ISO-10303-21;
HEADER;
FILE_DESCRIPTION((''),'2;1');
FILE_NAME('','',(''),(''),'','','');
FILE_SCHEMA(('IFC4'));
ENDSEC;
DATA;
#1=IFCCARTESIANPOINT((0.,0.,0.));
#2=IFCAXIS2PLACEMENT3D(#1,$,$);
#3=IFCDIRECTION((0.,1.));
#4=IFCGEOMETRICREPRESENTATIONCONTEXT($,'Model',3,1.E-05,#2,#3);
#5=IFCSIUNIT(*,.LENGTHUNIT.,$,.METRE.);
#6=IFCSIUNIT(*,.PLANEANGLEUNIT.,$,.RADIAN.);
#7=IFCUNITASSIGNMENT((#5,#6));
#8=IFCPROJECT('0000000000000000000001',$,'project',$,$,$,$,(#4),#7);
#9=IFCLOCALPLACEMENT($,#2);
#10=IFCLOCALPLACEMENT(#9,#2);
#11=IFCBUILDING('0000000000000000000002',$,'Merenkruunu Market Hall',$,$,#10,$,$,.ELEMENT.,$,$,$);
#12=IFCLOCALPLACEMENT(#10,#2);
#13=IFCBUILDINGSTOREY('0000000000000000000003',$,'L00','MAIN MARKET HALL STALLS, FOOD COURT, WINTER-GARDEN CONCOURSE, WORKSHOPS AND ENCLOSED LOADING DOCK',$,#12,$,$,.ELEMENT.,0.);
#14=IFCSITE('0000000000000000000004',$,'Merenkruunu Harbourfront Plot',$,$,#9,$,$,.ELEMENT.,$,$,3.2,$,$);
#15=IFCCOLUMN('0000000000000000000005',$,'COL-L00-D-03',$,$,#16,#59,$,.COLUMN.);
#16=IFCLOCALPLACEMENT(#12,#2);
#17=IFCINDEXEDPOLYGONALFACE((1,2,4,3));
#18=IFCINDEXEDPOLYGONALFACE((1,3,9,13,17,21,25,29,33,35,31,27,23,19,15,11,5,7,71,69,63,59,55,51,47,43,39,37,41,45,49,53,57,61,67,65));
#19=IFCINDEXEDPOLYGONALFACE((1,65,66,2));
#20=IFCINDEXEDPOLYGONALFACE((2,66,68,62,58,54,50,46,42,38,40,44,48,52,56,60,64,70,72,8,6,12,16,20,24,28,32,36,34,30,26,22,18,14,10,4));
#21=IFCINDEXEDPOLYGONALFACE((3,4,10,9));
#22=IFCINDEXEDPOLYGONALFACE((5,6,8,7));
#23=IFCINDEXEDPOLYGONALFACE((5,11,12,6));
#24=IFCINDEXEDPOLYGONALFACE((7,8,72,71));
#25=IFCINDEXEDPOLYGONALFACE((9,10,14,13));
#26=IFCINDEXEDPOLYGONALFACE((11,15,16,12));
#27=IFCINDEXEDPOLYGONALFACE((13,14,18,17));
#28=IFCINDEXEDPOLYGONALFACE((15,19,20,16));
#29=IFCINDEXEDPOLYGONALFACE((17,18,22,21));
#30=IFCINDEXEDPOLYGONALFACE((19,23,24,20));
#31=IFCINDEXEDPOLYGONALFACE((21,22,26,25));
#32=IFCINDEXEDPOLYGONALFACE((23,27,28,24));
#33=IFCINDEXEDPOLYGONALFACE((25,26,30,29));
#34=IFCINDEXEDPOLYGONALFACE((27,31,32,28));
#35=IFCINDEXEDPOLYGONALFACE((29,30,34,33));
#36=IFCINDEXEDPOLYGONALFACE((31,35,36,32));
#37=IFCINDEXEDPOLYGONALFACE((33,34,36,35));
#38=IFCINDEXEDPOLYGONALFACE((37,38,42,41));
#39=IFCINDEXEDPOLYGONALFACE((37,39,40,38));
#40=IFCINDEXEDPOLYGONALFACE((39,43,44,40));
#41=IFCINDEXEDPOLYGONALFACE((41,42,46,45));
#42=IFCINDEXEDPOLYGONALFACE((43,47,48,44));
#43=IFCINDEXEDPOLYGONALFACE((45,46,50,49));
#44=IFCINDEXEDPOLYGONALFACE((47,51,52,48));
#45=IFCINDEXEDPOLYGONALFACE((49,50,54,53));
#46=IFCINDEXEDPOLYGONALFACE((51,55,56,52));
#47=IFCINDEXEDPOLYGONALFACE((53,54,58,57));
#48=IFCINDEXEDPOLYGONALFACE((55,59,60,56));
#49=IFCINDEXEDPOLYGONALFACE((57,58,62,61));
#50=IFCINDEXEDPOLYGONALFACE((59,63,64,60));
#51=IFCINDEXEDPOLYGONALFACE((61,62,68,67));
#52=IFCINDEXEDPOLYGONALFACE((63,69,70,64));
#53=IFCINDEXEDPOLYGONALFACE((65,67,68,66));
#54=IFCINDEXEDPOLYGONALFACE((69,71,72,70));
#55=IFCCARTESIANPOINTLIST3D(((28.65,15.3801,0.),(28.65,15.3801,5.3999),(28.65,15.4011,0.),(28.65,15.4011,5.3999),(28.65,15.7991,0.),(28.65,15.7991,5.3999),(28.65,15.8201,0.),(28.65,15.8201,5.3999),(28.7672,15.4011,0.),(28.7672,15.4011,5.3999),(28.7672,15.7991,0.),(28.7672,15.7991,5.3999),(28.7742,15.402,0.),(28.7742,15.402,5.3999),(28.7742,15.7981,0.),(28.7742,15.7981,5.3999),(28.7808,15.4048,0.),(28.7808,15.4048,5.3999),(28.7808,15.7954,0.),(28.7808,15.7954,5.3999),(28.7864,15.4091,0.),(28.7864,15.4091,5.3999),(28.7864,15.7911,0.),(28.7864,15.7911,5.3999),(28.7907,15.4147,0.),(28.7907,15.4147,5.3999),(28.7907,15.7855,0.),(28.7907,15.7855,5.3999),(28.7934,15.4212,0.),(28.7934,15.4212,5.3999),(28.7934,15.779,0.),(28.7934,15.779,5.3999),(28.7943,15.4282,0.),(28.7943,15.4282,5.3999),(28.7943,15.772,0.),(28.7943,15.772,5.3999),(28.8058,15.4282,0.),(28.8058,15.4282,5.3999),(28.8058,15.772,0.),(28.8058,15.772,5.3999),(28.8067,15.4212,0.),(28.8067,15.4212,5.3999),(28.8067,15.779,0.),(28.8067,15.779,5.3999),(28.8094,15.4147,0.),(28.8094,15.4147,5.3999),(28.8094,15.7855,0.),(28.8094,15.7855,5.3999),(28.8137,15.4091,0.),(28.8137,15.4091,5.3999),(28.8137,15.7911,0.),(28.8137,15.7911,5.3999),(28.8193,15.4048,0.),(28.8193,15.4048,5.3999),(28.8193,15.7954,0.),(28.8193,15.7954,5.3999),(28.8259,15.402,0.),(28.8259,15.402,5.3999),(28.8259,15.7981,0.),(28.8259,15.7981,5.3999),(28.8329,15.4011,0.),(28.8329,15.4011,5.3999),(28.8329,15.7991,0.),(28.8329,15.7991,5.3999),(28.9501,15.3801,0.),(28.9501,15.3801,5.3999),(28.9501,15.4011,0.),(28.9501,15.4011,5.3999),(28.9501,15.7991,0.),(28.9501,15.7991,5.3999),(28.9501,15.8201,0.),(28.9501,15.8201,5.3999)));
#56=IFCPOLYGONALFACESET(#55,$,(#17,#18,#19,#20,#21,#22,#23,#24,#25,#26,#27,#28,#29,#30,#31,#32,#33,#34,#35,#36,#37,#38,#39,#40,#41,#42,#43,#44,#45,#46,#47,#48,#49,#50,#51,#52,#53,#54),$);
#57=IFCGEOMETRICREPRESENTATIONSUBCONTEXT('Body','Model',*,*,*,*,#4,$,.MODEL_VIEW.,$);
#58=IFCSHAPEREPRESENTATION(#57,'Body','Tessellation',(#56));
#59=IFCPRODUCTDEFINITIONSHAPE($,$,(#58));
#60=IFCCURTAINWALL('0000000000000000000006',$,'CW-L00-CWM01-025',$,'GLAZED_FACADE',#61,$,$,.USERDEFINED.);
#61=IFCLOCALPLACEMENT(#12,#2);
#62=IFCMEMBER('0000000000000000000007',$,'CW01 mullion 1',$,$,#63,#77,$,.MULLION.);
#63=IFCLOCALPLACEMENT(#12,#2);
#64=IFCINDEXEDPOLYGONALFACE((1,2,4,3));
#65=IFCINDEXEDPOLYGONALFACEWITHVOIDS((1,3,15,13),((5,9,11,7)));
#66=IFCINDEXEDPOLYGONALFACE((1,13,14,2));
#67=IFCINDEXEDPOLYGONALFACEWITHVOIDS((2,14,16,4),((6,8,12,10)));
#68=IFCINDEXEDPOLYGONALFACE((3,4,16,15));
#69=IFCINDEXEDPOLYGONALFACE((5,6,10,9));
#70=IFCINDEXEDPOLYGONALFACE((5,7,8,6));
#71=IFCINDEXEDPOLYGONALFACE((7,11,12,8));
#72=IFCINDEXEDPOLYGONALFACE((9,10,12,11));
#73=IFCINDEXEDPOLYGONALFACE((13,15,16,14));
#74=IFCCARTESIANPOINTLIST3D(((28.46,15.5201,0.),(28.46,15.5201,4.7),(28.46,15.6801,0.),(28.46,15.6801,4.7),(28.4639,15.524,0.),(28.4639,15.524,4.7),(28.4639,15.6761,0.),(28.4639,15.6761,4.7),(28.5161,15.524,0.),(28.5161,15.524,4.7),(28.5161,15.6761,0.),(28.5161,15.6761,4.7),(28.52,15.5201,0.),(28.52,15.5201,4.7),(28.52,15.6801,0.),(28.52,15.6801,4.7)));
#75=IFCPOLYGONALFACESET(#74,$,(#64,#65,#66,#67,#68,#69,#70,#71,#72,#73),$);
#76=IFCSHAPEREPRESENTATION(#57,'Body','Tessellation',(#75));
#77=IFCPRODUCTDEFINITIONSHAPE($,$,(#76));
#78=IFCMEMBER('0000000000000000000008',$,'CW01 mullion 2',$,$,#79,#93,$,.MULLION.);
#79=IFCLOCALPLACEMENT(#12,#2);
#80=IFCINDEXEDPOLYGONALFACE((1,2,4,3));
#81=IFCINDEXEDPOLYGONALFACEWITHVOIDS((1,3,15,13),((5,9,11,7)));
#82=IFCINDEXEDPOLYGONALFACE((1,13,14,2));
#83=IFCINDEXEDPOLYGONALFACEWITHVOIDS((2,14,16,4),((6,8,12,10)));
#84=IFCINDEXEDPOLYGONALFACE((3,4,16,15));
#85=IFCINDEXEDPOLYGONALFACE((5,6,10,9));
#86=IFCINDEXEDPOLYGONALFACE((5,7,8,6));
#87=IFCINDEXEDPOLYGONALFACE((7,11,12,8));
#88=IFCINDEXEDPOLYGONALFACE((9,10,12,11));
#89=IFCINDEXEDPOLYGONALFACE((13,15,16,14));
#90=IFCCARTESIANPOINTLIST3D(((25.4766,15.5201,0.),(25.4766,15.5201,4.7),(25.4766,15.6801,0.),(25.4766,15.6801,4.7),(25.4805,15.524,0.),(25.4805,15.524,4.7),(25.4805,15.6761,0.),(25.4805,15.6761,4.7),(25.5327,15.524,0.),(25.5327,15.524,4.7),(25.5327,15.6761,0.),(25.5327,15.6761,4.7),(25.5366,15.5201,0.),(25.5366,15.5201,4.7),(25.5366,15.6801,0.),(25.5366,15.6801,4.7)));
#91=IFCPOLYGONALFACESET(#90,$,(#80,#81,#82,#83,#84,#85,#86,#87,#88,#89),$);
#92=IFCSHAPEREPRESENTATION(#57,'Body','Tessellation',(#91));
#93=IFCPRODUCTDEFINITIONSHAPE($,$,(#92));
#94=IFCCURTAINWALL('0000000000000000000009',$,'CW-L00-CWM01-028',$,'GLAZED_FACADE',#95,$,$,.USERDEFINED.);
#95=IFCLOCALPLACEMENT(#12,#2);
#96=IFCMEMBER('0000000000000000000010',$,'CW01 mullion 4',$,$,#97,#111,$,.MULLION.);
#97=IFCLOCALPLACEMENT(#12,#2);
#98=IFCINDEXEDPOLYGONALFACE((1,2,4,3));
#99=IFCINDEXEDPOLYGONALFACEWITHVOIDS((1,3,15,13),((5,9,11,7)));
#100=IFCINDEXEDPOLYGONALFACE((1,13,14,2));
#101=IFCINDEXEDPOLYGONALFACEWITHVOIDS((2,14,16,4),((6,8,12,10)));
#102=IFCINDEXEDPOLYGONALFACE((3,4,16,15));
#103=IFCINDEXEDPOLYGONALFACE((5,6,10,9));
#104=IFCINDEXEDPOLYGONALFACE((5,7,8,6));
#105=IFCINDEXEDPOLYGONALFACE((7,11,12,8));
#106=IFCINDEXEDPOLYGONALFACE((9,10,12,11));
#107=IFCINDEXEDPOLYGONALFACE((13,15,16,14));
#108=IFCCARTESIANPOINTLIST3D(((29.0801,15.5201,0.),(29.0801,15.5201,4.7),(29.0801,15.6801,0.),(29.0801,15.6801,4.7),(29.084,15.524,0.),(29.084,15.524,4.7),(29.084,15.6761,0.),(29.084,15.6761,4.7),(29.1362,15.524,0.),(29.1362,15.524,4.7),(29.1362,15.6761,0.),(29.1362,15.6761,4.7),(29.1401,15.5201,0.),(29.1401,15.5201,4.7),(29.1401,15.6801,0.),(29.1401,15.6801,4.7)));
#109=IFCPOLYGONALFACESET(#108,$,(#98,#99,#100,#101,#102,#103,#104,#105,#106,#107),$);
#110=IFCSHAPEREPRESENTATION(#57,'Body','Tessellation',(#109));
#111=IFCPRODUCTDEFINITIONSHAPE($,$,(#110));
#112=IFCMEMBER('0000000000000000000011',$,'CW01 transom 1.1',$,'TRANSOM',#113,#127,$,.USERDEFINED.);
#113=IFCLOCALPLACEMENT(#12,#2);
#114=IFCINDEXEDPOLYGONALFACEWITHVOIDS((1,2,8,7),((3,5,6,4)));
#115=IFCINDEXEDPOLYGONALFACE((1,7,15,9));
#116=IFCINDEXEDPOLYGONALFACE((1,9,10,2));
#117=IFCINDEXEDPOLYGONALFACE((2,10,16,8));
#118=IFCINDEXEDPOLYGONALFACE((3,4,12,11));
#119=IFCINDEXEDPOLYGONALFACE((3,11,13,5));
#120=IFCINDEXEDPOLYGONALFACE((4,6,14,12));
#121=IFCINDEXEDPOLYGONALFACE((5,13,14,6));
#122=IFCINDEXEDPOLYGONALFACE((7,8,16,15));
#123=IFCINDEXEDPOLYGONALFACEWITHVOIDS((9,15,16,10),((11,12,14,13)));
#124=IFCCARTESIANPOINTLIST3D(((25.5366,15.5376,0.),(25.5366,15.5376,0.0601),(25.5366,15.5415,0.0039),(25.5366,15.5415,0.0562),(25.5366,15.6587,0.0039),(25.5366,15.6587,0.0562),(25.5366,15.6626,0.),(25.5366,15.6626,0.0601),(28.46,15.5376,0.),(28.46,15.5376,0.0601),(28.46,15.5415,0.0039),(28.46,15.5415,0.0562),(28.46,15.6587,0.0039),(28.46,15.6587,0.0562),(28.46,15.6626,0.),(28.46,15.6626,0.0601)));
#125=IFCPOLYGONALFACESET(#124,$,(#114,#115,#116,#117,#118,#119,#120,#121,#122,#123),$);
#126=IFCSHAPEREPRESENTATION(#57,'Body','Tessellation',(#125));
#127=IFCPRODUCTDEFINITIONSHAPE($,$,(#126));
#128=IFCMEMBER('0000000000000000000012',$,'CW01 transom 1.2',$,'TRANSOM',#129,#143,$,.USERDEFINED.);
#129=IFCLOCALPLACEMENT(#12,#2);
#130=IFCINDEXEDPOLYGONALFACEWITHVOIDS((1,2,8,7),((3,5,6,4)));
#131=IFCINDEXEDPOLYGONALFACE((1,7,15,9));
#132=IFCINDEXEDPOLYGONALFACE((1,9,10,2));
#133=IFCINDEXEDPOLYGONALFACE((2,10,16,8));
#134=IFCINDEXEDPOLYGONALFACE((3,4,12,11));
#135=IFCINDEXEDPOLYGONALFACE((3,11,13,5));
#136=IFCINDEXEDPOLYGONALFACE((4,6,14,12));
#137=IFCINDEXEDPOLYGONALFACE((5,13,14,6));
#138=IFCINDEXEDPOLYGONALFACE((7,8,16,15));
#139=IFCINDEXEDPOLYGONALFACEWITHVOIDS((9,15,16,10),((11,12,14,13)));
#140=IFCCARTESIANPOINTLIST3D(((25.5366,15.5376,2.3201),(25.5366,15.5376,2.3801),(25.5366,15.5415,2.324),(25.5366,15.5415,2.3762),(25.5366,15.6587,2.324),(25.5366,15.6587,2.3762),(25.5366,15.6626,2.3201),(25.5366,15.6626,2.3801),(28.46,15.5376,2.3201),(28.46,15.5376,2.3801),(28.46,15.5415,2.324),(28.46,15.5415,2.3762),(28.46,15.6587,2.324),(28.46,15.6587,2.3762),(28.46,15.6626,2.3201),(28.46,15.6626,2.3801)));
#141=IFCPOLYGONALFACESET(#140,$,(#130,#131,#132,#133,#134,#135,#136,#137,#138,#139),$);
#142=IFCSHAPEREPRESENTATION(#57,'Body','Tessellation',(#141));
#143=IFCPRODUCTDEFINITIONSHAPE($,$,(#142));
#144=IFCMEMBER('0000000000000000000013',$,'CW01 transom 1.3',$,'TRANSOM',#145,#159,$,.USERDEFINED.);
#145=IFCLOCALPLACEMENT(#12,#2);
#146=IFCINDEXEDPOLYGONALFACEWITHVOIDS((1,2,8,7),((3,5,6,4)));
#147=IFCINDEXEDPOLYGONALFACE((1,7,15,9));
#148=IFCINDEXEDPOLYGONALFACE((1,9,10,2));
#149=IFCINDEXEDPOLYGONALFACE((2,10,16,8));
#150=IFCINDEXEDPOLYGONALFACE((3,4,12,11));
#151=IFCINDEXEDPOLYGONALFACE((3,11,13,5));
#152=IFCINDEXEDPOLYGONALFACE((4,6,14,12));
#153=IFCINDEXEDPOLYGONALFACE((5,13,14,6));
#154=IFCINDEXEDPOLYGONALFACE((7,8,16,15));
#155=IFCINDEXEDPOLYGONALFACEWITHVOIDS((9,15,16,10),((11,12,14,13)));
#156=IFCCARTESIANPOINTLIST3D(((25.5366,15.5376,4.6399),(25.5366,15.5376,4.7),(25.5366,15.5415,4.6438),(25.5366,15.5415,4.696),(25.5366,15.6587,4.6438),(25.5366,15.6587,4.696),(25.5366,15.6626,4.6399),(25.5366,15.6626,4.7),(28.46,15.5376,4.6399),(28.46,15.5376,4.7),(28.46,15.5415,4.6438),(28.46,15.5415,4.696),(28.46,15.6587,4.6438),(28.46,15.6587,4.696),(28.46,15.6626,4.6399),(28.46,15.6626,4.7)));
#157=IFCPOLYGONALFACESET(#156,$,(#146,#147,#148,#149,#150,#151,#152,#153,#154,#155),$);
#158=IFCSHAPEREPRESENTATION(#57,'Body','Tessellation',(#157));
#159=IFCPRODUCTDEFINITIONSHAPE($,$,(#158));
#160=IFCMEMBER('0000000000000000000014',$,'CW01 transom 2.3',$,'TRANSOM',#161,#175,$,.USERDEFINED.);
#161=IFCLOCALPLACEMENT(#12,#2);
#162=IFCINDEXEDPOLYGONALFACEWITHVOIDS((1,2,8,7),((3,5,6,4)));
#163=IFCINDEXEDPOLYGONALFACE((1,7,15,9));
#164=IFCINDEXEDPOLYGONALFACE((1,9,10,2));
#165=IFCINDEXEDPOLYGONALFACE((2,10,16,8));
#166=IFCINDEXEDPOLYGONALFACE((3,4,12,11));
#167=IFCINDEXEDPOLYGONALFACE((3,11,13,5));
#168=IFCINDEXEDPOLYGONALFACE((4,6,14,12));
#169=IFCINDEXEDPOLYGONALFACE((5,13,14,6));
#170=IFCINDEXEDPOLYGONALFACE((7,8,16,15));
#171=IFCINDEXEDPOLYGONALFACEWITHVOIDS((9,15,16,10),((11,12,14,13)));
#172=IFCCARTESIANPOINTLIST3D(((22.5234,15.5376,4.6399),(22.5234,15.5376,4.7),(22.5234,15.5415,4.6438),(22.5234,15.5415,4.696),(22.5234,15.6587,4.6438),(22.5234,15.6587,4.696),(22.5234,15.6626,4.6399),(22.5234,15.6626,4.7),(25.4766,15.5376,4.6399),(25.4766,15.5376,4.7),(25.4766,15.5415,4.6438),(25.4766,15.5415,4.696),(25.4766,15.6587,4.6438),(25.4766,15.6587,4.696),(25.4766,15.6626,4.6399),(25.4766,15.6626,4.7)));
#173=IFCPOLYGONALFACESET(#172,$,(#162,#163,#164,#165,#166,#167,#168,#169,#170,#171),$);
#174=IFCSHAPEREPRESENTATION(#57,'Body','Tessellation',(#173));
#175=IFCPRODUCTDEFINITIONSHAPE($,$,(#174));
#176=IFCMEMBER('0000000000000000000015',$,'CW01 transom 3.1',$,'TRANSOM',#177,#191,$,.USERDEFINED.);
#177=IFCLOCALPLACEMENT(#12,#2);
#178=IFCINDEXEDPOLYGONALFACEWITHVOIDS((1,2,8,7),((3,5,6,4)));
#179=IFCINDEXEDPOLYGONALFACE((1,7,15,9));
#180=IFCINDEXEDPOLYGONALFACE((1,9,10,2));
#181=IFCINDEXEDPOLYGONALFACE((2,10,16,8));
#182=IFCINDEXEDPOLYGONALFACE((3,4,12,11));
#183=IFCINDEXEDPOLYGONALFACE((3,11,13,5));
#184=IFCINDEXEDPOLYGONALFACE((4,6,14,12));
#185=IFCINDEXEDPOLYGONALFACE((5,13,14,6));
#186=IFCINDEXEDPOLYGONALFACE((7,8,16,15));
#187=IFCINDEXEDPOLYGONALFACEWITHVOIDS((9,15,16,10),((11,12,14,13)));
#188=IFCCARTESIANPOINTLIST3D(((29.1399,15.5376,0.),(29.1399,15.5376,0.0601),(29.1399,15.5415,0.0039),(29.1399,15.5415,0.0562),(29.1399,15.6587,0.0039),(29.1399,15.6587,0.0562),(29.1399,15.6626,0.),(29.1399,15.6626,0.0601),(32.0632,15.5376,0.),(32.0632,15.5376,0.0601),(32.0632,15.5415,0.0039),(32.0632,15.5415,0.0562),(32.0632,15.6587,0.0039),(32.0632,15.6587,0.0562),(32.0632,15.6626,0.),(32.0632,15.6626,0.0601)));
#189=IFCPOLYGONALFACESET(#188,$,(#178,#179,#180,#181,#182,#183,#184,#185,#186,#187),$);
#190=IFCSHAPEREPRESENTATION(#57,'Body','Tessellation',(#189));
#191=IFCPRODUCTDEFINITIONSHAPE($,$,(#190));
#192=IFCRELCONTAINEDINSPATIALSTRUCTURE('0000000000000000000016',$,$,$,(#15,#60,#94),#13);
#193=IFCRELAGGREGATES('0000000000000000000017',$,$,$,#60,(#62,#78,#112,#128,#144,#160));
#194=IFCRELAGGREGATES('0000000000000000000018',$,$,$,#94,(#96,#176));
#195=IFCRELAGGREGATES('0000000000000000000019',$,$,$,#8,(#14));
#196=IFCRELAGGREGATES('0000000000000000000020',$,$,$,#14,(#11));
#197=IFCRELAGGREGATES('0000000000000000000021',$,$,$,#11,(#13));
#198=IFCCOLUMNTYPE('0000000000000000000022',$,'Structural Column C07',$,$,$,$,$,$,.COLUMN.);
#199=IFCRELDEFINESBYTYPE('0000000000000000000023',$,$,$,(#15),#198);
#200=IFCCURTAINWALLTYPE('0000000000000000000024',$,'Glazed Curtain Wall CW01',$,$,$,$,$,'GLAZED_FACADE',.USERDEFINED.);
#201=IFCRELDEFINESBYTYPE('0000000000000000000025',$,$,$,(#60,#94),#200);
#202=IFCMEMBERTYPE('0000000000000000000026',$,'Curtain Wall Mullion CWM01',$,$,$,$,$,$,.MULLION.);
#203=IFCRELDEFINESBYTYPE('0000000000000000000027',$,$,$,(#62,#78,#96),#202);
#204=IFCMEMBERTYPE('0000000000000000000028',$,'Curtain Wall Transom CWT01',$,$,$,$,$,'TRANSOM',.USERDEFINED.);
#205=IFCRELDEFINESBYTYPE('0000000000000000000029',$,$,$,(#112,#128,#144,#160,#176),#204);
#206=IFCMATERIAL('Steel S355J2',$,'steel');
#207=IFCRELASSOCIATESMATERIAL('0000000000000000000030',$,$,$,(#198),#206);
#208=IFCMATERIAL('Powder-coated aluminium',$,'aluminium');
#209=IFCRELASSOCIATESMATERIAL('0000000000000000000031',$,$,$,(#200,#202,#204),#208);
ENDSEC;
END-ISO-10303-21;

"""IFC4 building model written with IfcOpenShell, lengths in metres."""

from ifc_helpers import new_model, si_unit, direction, frame, origin, origin_2d, place, context, subcontext, project, spatial, hollow_rectangle, i_section, extrude, material, material_profile, profile_set, type_object, element, aggregate, save


model = new_model("IFC4")

# Units and contexts
model_context = context("Model", 3, precision=1e-05, world=origin(), true_north=direction((0.0, 1.0)))
body_context = subcontext(model_context, "Body", "Model", "MODEL_VIEW")
ifc_project = project(units=[si_unit("LENGTHUNIT", "METRE"), si_unit("PLANEANGLEUNIT", "RADIAN")], contexts=[model_context])

# Site, building, storey
site_placement = place(None, origin())
site = spatial("IfcSite", under=ifc_project, at=site_placement, Name="Merenkruunu Harbourfront Plot", CompositionType="ELEMENT", RefElevation=3.2)
building_placement = place(site_placement, origin())
building = spatial("IfcBuilding", under=site, at=building_placement, Name="Merenkruunu Market Hall", CompositionType="ELEMENT")
storey_placement = place(building_placement, origin())
storey = spatial("IfcBuildingStorey", under=building, at=storey_placement, Name="L00", Description="MAIN MARKET HALL STALLS, FOOD COURT, WINTER-GARDEN CONCOURSE, WORKSHOPS AND ENCLOSED LOADING DOCK", CompositionType="ELEMENT", Elevation=0.0)

# Column
ifc_material_1 = material(Name="Steel S355J2", Category="steel")
ifc_material_profile_1 = material_profile(ifc_material_1, i_section(OverallWidth=0.3, OverallDepth=0.4399, WebThickness=0.0115, FlangeThickness=0.021, FilletRadius=0.0271, at=origin_2d()), Name="HEA 450")
ifc_profile_set_1 = profile_set([ifc_material_profile_1], Name="Steel S355J2")
column_type = type_object("IfcColumnType", Name="Structural Column C07", PredefinedType="COLUMN", material=ifc_profile_set_1)
column_placement = place(storey_placement, frame((28.8, 15.6001, 0.0), z_axis=(0.0, 0.0, 1.0), x_axis=(1.0, 0.0, 0.0)))
element("IfcColumn", 1, at=column_placement, inside=storey, type_object=column_type, Name="COL-L00-D-03", PredefinedType="COLUMN", context=body_context, shape_type="SweptSolid", body=[
    extrude(i_section(OverallWidth=0.3, OverallDepth=0.4399, WebThickness=0.0115, FlangeThickness=0.021, FilletRadius=0.0271, at=origin_2d()), origin(), (0.0, 0.0, 1.0), 5.3999),
])

# Curtain wall, members
ifc_material_2 = material(Name="Powder-coated aluminium", Category="aluminium")
curtain_wall_type = type_object("IfcCurtainWallType", Name="Glazed Curtain Wall CW01", ElementType="GLAZED_FACADE", PredefinedType="USERDEFINED", material=ifc_material_2)
curtain_wall_1_placement = place(storey_placement, origin())
curtain_wall_1 = element("IfcCurtainWall", 2, at=curtain_wall_1_placement, inside=storey, type_object=curtain_wall_type, Name="CW-L00-CWM01-025", ObjectType="GLAZED_FACADE", PredefinedType="USERDEFINED")
ifc_material_profile_2 = material_profile(ifc_material_2, hollow_rectangle(XDim=0.0601, YDim=0.1599, WallThickness=0.0039, at=origin_2d()), Name="ALU 60x160x4")
ifc_profile_set_2 = profile_set([ifc_material_profile_2], Name="Powder-coated aluminium")
member_type_1 = type_object("IfcMemberType", Name="Curtain Wall Mullion CWM01", PredefinedType="MULLION", material=ifc_profile_set_2)
member_1_placement = place(storey_placement, frame((28.49, 15.6001, 0.0), z_axis=(0.0, 0.0, 1.0), x_axis=(-1.0, 0.0, 0.0)))
member_1 = element("IfcMember", 3, at=member_1_placement, type_object=member_type_1, Name="CW01 mullion 1", PredefinedType="MULLION", context=body_context, shape_type="SweptSolid", body=[
    extrude(hollow_rectangle(XDim=0.0601, YDim=0.1599, WallThickness=0.0039, at=origin_2d()), origin(), (0.0, 0.0, 1.0), 4.7),
])
member_2_placement = place(storey_placement, frame((25.5066, 15.6001, 0.0), z_axis=(0.0, 0.0, 1.0), x_axis=(-1.0, 0.0, 0.0)))
member_2 = element("IfcMember", 4, at=member_2_placement, type_object=member_type_1, Name="CW01 mullion 2", PredefinedType="MULLION", context=body_context, shape_type="SweptSolid", body=[
    extrude(hollow_rectangle(XDim=0.0601, YDim=0.1599, WallThickness=0.0039, at=origin_2d()), origin(), (0.0, 0.0, 1.0), 4.7),
])

# Curtain wall, member
curtain_wall_2_placement = place(storey_placement, origin())
curtain_wall_2 = element("IfcCurtainWall", 5, at=curtain_wall_2_placement, inside=storey, type_object=curtain_wall_type, Name="CW-L00-CWM01-028", ObjectType="GLAZED_FACADE", PredefinedType="USERDEFINED")
member_3_placement = place(storey_placement, frame((29.1101, 15.6001, 0.0), z_axis=(0.0, 0.0, 1.0), x_axis=(-1.0, 0.0, 0.0)))
member_3 = element("IfcMember", 6, at=member_3_placement, type_object=member_type_1, Name="CW01 mullion 4", PredefinedType="MULLION", context=body_context, shape_type="SweptSolid", body=[
    extrude(hollow_rectangle(XDim=0.0601, YDim=0.1599, WallThickness=0.0039, at=origin_2d()), origin(), (0.0, 0.0, 1.0), 4.7),
])

# Members
ifc_material_profile_3 = material_profile(ifc_material_2, hollow_rectangle(XDim=0.0601, YDim=0.125, WallThickness=0.0039, at=origin_2d()), Name="ALU 60x125x4")
ifc_profile_set_3 = profile_set([ifc_material_profile_3], Name="Powder-coated aluminium")
member_type_2 = type_object("IfcMemberType", Name="Curtain Wall Transom CWT01", ElementType="TRANSOM", PredefinedType="USERDEFINED", material=ifc_profile_set_3)
member_4_placement = place(storey_placement, frame((28.46, 15.6001, 0.03), z_axis=(-1.0, 0.0, 0.0), x_axis=(0.0, 0.0, 1.0)))
member_4 = element("IfcMember", 7, at=member_4_placement, type_object=member_type_2, Name="CW01 transom 1.1", ObjectType="TRANSOM", PredefinedType="USERDEFINED", context=body_context, shape_type="SweptSolid", body=[
    extrude(hollow_rectangle(XDim=0.0601, YDim=0.125, WallThickness=0.0039, at=origin_2d()), origin(), (0.0, 0.0, 1.0), 2.9233),
])
member_5_placement = place(storey_placement, frame((28.46, 15.6001, 2.3501), z_axis=(-1.0, 0.0, 0.0), x_axis=(0.0, 0.0, 1.0)))
member_5 = element("IfcMember", 8, at=member_5_placement, type_object=member_type_2, Name="CW01 transom 1.2", ObjectType="TRANSOM", PredefinedType="USERDEFINED", context=body_context, shape_type="SweptSolid", body=[
    extrude(hollow_rectangle(XDim=0.0601, YDim=0.125, WallThickness=0.0039, at=origin_2d()), origin(), (0.0, 0.0, 1.0), 2.9233),
])
member_6_placement = place(storey_placement, frame((28.46, 15.6001, 4.6699), z_axis=(-1.0, 0.0, 0.0), x_axis=(0.0, 0.0, 1.0)))
member_6 = element("IfcMember", 9, at=member_6_placement, type_object=member_type_2, Name="CW01 transom 1.3", ObjectType="TRANSOM", PredefinedType="USERDEFINED", context=body_context, shape_type="SweptSolid", body=[
    extrude(hollow_rectangle(XDim=0.0601, YDim=0.125, WallThickness=0.0039, at=origin_2d()), origin(), (0.0, 0.0, 1.0), 2.9233),
])
member_7_placement = place(storey_placement, frame((25.4766, 15.6001, 4.6699), z_axis=(-1.0, 0.0, 0.0), x_axis=(0.0, 0.0, 1.0)))
member_7 = element("IfcMember", 10, at=member_7_placement, type_object=member_type_2, Name="CW01 transom 2.3", ObjectType="TRANSOM", PredefinedType="USERDEFINED", context=body_context, shape_type="SweptSolid", body=[
    extrude(hollow_rectangle(XDim=0.0601, YDim=0.125, WallThickness=0.0039, at=origin_2d()), origin(), (0.0, 0.0, 1.0), 2.9531),
])
member_8_placement = place(storey_placement, frame((32.0632, 15.6001, 0.03), z_axis=(-1.0, 0.0, 0.0), x_axis=(0.0, 0.0, 1.0)))
member_8 = element("IfcMember", 11, at=member_8_placement, type_object=member_type_2, Name="CW01 transom 3.1", ObjectType="TRANSOM", PredefinedType="USERDEFINED", context=body_context, shape_type="SweptSolid", body=[
    extrude(hollow_rectangle(XDim=0.0601, YDim=0.125, WallThickness=0.0039, at=origin_2d()), origin(), (0.0, 0.0, 1.0), 2.9233),
])

aggregate(curtain_wall_1, [member_1, member_2, member_4, member_5, member_6, member_7])
aggregate(curtain_wall_2, [member_3, member_8])

save(model, "model.ifc")
